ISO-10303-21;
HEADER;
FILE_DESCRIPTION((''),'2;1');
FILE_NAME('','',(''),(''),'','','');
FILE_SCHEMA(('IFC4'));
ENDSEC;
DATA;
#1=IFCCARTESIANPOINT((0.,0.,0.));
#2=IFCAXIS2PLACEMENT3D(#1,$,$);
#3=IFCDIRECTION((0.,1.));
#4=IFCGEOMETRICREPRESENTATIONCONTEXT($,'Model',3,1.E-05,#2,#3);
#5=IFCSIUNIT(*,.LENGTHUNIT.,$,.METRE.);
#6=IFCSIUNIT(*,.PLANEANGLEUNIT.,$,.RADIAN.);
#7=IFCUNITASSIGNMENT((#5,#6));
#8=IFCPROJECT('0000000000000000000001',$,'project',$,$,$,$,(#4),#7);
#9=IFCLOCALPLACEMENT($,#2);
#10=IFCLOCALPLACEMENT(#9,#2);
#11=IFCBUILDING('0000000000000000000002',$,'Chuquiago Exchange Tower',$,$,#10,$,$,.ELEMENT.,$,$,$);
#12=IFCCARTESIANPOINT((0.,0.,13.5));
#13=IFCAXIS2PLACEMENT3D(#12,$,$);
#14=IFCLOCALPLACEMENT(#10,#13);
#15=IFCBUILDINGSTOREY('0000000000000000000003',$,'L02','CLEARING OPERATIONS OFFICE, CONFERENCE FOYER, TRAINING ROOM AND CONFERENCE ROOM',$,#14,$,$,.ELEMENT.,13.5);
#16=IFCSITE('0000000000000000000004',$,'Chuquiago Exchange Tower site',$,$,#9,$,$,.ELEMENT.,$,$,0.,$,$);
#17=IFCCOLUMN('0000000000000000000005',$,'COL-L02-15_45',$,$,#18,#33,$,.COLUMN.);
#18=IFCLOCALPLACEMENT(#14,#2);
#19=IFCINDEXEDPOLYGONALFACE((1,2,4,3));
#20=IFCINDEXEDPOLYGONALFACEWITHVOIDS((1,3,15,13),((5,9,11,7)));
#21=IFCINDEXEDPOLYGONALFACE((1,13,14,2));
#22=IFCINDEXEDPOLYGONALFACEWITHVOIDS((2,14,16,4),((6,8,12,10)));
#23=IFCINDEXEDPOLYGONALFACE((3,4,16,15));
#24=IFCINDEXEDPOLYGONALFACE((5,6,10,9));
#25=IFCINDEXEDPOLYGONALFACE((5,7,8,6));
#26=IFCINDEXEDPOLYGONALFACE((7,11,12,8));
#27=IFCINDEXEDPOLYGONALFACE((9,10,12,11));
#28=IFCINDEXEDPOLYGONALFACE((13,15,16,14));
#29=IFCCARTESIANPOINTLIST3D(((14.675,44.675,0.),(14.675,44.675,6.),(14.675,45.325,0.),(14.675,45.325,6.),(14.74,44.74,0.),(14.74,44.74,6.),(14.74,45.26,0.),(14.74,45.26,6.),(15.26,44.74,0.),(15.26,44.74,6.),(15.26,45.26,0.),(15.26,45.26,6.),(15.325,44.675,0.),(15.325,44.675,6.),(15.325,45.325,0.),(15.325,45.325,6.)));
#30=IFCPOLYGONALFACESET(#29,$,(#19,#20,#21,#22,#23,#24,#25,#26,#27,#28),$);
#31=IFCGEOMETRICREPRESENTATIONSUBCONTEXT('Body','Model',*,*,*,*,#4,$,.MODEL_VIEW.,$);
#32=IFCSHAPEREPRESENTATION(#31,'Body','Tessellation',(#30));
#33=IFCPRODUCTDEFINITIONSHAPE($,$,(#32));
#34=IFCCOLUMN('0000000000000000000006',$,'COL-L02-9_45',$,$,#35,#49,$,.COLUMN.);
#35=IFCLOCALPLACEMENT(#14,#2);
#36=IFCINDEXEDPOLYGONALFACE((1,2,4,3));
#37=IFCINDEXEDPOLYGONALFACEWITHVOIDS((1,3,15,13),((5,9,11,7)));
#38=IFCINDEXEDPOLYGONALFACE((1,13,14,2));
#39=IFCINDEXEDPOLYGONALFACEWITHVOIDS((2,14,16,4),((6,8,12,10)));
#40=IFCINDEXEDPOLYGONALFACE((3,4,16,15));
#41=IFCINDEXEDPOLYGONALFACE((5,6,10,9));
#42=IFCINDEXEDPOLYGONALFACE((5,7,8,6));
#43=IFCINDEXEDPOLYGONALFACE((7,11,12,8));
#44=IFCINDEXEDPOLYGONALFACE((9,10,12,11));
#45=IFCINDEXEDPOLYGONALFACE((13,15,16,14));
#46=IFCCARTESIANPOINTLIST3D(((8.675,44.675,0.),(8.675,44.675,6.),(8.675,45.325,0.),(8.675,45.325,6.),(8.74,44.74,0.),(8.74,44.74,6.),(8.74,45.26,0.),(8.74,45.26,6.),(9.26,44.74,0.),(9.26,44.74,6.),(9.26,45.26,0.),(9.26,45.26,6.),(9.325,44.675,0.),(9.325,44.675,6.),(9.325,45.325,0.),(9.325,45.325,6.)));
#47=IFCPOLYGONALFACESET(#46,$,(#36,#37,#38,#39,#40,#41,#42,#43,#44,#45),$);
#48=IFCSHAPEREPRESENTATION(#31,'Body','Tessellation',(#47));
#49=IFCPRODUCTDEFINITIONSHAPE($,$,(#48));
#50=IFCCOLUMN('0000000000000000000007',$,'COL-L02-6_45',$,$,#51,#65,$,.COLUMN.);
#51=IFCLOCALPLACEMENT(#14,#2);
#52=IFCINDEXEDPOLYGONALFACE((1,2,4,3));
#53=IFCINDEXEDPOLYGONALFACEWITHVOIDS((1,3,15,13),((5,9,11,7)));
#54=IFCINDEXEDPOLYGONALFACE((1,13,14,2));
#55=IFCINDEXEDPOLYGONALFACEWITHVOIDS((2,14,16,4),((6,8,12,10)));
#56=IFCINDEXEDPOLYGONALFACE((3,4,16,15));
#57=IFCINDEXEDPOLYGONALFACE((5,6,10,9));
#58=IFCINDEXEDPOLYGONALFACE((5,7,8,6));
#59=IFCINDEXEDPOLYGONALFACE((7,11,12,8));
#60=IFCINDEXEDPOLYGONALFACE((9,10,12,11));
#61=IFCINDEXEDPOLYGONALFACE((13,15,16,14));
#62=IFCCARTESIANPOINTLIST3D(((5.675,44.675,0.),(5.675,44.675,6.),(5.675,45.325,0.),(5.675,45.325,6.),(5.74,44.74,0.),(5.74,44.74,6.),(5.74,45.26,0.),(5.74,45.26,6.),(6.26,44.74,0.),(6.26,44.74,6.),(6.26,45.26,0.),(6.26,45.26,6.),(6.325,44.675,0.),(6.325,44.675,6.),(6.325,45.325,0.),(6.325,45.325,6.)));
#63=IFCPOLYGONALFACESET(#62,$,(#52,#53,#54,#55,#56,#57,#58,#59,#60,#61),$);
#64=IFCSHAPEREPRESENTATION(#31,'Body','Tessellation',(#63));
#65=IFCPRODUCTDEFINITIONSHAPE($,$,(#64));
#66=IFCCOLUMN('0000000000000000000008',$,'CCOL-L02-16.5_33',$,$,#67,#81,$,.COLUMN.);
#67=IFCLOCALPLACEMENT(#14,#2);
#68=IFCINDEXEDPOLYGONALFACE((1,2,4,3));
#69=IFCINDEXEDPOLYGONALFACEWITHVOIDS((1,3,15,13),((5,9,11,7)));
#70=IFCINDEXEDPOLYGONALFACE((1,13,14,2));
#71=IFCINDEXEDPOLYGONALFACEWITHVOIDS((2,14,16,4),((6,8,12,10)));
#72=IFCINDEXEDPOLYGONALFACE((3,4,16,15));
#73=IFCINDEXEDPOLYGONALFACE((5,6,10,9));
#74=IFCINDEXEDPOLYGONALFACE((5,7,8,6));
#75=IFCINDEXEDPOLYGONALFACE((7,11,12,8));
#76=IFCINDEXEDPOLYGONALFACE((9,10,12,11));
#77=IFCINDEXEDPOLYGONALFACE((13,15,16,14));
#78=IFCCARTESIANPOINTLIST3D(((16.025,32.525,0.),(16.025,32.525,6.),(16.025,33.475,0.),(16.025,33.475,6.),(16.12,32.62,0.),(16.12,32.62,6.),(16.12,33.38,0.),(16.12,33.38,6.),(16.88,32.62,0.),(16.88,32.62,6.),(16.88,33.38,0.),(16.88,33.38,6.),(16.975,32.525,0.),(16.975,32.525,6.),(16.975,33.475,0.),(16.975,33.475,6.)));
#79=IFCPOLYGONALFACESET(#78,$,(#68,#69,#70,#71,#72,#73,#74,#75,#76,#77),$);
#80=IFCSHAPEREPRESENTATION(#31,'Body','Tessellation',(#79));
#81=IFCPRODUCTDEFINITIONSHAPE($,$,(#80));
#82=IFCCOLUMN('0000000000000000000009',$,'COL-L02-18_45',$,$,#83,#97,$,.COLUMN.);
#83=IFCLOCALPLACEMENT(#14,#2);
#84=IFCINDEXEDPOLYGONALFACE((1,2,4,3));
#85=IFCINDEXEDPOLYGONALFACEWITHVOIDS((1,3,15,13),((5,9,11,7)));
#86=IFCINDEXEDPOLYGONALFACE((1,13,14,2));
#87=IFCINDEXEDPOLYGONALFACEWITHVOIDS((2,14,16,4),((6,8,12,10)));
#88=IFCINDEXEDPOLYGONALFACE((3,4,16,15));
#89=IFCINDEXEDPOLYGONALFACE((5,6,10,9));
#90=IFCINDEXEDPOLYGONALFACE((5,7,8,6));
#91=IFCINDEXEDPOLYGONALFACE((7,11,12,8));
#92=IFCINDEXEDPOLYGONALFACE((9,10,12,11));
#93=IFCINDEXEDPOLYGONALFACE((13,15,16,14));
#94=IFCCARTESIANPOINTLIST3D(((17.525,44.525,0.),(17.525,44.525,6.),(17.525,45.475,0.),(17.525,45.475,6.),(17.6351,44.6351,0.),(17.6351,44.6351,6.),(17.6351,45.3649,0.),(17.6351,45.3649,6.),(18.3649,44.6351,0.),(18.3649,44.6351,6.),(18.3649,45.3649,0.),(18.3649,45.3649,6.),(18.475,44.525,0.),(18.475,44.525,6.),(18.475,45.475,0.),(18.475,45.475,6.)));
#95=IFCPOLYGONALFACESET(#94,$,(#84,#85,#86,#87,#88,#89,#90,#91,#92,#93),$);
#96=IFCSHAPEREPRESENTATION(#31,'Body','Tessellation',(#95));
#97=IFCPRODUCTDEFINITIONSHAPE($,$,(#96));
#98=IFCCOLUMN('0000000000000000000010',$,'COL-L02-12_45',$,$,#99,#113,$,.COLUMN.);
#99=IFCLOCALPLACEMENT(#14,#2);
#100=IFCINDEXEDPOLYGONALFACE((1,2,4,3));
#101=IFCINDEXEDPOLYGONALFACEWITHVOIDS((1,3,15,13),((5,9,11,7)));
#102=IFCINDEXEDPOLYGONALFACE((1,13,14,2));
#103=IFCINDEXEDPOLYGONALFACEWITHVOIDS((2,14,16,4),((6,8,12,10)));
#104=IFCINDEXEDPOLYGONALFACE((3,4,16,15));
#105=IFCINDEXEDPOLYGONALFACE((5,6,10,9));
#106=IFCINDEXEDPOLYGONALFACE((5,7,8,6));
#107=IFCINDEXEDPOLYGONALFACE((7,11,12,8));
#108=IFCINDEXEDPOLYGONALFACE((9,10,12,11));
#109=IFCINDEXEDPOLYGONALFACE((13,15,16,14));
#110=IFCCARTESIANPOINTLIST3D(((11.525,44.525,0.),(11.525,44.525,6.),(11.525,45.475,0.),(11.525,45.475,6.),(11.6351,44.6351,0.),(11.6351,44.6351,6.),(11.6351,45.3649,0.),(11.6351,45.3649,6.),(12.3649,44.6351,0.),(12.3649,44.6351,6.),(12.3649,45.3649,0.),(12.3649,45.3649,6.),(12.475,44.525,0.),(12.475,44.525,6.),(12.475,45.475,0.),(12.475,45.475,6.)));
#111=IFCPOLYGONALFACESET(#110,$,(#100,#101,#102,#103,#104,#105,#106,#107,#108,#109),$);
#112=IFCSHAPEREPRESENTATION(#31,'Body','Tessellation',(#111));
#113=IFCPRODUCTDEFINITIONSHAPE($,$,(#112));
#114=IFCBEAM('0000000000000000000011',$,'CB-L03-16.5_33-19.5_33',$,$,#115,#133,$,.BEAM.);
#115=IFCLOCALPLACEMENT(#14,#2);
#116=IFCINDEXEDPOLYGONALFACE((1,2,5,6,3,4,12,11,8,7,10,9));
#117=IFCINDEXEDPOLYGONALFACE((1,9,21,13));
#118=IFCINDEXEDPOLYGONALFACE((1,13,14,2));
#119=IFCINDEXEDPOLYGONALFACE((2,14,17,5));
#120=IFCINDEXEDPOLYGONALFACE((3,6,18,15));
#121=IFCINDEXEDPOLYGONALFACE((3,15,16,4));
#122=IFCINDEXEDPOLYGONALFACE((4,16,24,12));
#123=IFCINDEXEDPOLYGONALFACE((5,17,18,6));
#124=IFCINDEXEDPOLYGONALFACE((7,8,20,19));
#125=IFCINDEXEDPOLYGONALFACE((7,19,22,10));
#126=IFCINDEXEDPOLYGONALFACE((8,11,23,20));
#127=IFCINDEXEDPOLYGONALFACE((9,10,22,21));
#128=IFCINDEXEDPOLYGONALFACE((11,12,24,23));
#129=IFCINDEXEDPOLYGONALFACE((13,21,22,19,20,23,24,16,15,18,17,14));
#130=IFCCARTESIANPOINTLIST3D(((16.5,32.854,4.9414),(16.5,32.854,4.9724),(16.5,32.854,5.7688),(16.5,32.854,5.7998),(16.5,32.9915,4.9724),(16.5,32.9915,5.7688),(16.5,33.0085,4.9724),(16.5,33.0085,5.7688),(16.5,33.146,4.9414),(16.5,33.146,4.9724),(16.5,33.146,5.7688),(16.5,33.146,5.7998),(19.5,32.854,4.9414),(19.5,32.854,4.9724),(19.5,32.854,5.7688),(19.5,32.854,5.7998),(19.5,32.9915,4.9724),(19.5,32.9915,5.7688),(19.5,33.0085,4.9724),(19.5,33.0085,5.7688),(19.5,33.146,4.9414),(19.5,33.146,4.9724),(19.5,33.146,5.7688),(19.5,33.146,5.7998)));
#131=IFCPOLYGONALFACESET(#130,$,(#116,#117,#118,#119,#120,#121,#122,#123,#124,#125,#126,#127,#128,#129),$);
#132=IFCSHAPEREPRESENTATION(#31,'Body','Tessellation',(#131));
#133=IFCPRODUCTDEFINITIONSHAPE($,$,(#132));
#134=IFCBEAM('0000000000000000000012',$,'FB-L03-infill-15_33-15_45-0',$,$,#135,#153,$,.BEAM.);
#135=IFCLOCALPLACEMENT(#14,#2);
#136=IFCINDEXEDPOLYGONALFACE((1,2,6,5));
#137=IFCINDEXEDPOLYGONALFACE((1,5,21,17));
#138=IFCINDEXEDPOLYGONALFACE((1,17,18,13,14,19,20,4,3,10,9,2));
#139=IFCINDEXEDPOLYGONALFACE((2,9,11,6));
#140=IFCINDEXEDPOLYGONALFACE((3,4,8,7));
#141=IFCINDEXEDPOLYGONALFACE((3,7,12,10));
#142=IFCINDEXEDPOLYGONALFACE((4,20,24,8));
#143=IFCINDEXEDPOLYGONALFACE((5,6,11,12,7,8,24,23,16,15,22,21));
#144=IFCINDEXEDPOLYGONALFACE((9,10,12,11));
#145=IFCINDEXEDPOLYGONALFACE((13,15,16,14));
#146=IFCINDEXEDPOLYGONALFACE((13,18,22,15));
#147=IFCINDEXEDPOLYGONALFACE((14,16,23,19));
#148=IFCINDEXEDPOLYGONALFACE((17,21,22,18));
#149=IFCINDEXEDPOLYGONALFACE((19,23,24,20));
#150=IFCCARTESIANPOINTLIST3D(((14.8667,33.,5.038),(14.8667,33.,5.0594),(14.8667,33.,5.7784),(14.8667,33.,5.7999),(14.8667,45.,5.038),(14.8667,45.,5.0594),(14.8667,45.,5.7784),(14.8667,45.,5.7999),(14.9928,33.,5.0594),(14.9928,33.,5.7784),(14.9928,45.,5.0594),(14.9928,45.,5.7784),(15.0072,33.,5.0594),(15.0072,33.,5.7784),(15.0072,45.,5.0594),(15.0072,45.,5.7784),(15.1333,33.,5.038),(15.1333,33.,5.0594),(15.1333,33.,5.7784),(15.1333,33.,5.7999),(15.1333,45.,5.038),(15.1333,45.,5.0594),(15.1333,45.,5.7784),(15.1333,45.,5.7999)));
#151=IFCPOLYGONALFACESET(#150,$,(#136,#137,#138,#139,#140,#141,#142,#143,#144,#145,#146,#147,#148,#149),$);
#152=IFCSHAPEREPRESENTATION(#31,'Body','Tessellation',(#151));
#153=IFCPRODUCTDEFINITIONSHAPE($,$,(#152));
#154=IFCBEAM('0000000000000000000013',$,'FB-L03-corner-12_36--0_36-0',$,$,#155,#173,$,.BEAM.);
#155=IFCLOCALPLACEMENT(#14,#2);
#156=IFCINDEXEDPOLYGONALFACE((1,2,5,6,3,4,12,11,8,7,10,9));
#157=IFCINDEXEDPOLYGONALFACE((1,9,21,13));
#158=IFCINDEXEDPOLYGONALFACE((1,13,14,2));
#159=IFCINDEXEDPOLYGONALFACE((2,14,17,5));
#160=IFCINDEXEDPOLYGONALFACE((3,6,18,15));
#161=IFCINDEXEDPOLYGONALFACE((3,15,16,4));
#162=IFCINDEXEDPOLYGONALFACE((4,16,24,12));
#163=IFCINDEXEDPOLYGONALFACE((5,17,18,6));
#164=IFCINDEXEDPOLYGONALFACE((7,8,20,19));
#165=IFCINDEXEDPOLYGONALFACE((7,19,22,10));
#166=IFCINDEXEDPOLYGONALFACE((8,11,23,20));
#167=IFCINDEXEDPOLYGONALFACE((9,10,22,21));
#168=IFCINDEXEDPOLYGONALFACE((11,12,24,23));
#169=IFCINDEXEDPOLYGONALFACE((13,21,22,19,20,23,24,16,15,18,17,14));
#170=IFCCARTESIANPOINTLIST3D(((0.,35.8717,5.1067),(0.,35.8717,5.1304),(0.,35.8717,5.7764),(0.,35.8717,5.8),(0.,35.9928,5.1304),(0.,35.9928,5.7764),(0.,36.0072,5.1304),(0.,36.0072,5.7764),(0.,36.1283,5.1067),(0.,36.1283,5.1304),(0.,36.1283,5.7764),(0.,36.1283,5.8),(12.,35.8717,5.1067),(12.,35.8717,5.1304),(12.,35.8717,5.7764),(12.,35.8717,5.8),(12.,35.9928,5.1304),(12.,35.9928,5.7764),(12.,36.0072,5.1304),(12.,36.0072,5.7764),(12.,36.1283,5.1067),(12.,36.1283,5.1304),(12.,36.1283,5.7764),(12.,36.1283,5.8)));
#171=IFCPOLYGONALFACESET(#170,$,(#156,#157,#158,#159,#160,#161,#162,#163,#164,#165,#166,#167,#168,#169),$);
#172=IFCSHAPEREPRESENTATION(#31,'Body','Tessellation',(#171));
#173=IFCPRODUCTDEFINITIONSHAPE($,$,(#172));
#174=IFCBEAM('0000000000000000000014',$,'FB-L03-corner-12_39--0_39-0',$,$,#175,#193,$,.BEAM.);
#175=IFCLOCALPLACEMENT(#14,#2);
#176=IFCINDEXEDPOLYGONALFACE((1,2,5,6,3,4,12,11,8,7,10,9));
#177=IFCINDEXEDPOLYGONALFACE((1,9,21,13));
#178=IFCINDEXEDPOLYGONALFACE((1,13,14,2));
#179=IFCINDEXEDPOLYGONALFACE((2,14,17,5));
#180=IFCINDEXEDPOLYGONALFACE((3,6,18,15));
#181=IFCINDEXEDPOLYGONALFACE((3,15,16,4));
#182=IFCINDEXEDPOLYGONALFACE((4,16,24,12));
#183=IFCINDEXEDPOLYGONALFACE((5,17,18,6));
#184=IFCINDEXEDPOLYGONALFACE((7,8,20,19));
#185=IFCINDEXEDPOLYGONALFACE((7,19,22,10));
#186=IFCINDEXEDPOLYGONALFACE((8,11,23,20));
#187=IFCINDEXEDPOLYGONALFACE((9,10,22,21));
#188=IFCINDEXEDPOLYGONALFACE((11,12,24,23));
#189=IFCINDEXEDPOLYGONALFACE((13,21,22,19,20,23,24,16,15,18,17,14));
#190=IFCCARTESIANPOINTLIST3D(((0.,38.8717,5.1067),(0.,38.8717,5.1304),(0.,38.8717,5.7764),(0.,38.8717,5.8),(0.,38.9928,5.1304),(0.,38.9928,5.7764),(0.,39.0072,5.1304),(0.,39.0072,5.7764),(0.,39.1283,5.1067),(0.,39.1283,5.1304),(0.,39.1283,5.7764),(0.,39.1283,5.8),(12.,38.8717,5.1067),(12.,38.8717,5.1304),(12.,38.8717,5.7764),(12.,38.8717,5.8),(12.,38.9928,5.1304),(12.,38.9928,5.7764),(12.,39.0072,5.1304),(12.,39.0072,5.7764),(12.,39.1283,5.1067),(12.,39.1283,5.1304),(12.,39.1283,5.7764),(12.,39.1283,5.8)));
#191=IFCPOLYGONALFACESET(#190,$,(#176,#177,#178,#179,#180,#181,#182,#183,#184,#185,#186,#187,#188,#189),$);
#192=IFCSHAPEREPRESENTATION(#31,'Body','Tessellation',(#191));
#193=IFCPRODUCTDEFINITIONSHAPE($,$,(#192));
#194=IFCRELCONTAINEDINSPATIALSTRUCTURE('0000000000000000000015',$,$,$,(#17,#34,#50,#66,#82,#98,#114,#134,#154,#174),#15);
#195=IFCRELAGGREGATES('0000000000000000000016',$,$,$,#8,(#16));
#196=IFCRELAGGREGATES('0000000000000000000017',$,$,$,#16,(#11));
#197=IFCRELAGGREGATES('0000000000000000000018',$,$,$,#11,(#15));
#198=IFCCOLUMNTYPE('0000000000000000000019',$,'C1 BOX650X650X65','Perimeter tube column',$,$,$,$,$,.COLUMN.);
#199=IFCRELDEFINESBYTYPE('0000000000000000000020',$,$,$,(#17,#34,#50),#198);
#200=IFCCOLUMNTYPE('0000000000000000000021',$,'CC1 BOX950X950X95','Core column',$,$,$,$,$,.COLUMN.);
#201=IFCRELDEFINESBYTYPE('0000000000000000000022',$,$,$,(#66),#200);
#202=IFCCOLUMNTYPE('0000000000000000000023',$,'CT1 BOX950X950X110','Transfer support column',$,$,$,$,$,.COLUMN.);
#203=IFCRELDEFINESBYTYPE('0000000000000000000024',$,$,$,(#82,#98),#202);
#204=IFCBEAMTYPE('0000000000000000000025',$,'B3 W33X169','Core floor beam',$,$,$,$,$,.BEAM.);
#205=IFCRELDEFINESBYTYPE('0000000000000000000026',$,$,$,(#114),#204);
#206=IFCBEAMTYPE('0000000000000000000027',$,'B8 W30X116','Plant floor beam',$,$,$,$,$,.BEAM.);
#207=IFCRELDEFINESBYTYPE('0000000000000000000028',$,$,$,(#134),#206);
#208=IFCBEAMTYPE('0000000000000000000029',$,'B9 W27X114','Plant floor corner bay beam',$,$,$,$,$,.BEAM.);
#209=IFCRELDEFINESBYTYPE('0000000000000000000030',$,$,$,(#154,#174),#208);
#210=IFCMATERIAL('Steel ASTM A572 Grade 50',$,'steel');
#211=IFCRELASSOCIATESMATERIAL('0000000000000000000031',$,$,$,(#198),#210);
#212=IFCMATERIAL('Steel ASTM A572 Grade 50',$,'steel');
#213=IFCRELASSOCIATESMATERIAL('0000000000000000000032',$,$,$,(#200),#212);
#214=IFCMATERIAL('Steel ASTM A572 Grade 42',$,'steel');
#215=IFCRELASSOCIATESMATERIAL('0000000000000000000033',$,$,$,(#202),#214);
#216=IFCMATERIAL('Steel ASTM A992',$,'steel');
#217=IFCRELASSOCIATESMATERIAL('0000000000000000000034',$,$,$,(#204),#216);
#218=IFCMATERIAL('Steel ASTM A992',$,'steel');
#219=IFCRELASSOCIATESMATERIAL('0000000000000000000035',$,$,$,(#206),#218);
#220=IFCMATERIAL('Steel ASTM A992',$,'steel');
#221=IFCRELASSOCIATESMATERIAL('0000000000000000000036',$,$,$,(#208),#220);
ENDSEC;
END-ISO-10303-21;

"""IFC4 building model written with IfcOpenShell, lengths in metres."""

from ifc_helpers import new_model, si_unit, direction, frame, origin, origin_2d, place, context, subcontext, project, spatial, hollow_rectangle, i_section, extrude, material, material_profile, profile_set, type_object, element, save


model = new_model("IFC4")

# Units and contexts
model_context = context("Model", 3, precision=1e-05, world=origin(), true_north=direction((0.0, 1.0)))
body_context = subcontext(model_context, "Body", "Model", "MODEL_VIEW")
ifc_project = project(units=[si_unit("LENGTHUNIT", "METRE"), si_unit("PLANEANGLEUNIT", "RADIAN")], contexts=[model_context])

# Site, building, storey
site_placement = place(None, origin())
site = spatial("IfcSite", under=ifc_project, at=site_placement, Name="Chuquiago Exchange Tower site", CompositionType="ELEMENT", RefElevation=0.0)
building_placement = place(site_placement, origin())
building = spatial("IfcBuilding", under=site, at=building_placement, Name="Chuquiago Exchange Tower", CompositionType="ELEMENT")
storey_placement = place(building_placement, frame((0.0, 0.0, 13.5)))
storey = spatial("IfcBuildingStorey", under=building, at=storey_placement, Name="L02", Description="CLEARING OPERATIONS OFFICE, CONFERENCE FOYER, TRAINING ROOM AND CONFERENCE ROOM", CompositionType="ELEMENT", Elevation=13.5)

# Columns
ifc_material_1 = material(Name="Steel ASTM A572 Grade 50", Category="steel")
ifc_material_profile_1 = material_profile(ifc_material_1, hollow_rectangle(XDim=0.6499, YDim=0.6499, WallThickness=0.0649, at=origin_2d()), Name="BOX650X650X65")
ifc_profile_set_1 = profile_set([ifc_material_profile_1], Name="Steel ASTM A572 Grade 50")
column_type_1 = type_object("IfcColumnType", Name="C1 BOX650X650X65", Description="Perimeter tube column", PredefinedType="COLUMN", material=ifc_profile_set_1)
for number, where, z_axis, x_axis, name in (
    (1, (15.0, 45.0, 0.0), (0.0, 0.0, 1.0), (0.0, 1.0, 0.0), "COL-L02-15_45"),
    (2, (9.0, 45.0, 0.0), (0.0, 0.0, 1.0), (0.0, 1.0, 0.0), "COL-L02-9_45"),
    (3, (6.0, 45.0, 0.0), (0.0, 0.0, 1.0), (0.0, 1.0, 0.0), "COL-L02-6_45"),
):
    element("IfcColumn", number, at=place(storey_placement, frame(where, z_axis=z_axis, x_axis=x_axis)), inside=storey, type_object=column_type_1, Name=name, PredefinedType="COLUMN", context=body_context, shape_type="SweptSolid", body=[
        extrude(hollow_rectangle(XDim=0.6499, YDim=0.6499, WallThickness=0.0649, at=origin_2d()), origin(), (0.0, 0.0, 1.0), 6.0),
    ])
ifc_material_2 = material(Name="Steel ASTM A572 Grade 50", Category="steel")
ifc_material_profile_2 = material_profile(ifc_material_2, hollow_rectangle(XDim=0.95, YDim=0.95, WallThickness=0.095, at=origin_2d()), Name="BOX950X950X95")
ifc_profile_set_2 = profile_set([ifc_material_profile_2], Name="Steel ASTM A572 Grade 50")
column_type_2 = type_object("IfcColumnType", Name="CC1 BOX950X950X95", Description="Core column", PredefinedType="COLUMN", material=ifc_profile_set_2)
column_placement = place(storey_placement, frame((16.5, 33.0, 0.0), z_axis=(0.0, 0.0, 1.0), x_axis=(1.0, 0.0, 0.0)))
element("IfcColumn", 4, at=column_placement, inside=storey, type_object=column_type_2, Name="CCOL-L02-16.5_33", PredefinedType="COLUMN", context=body_context, shape_type="SweptSolid", body=[
    extrude(hollow_rectangle(XDim=0.95, YDim=0.95, WallThickness=0.095, at=origin_2d()), origin(), (0.0, 0.0, 1.0), 6.0),
])
ifc_material_3 = material(Name="Steel ASTM A572 Grade 42", Category="steel")
ifc_material_profile_3 = material_profile(ifc_material_3, hollow_rectangle(XDim=0.95, YDim=0.95, WallThickness=0.1101, at=origin_2d()), Name="BOX950X950X110")
ifc_profile_set_3 = profile_set([ifc_material_profile_3], Name="Steel ASTM A572 Grade 42")
column_type_3 = type_object("IfcColumnType", Name="CT1 BOX950X950X110", Description="Transfer support column", PredefinedType="COLUMN", material=ifc_profile_set_3)
for number, where, z_axis, x_axis, name in (
    (5, (18.0, 45.0, 0.0), (0.0, 0.0, 1.0), (0.0, 1.0, 0.0), "COL-L02-18_45"),
    (6, (12.0, 45.0, 0.0), (0.0, 0.0, 1.0), (0.0, 1.0, 0.0), "COL-L02-12_45"),
):
    element("IfcColumn", number, at=place(storey_placement, frame(where, z_axis=z_axis, x_axis=x_axis)), inside=storey, type_object=column_type_3, Name=name, PredefinedType="COLUMN", context=body_context, shape_type="SweptSolid", body=[
        extrude(hollow_rectangle(XDim=0.95, YDim=0.95, WallThickness=0.1101, at=origin_2d()), origin(), (0.0, 0.0, 1.0), 6.0),
    ])

# Beams
ifc_material_4 = material(Name="Steel ASTM A992", Category="steel")
ifc_material_profile_4 = material_profile(ifc_material_4, i_section(OverallWidth=0.292, OverallDepth=0.8584, WebThickness=0.0171, FlangeThickness=0.031, at=origin_2d()), Name="W33X169")
ifc_profile_set_4 = profile_set([ifc_material_profile_4], Name="Steel ASTM A992")
beam_type_1 = type_object("IfcBeamType", Name="B3 W33X169", Description="Core floor beam", PredefinedType="BEAM", material=ifc_profile_set_4)
beam_1_placement = place(storey_placement, frame((16.5, 33.0, 5.3706), z_axis=(1.0, 0.0, 0.0), x_axis=(0.0, 1.0, 0.0)))
element("IfcBeam", 7, at=beam_1_placement, inside=storey, type_object=beam_type_1, Name="CB-L03-16.5_33-19.5_33", PredefinedType="BEAM", context=body_context, shape_type="SweptSolid", body=[
    extrude(i_section(OverallWidth=0.292, OverallDepth=0.8584, WebThickness=0.0171, FlangeThickness=0.031, at=origin_2d()), origin(), (0.0, 0.0, 1.0), 3.0),
])
ifc_material_5 = material(Name="Steel ASTM A992", Category="steel")
ifc_material_profile_5 = material_profile(ifc_material_5, i_section(OverallWidth=0.2666, OverallDepth=0.762, WebThickness=0.0144, FlangeThickness=0.0215, at=origin_2d()), Name="W30X116")
ifc_profile_set_5 = profile_set([ifc_material_profile_5], Name="Steel ASTM A992")
beam_type_2 = type_object("IfcBeamType", Name="B8 W30X116", Description="Plant floor beam", PredefinedType="BEAM", material=ifc_profile_set_5)
beam_2_placement = place(storey_placement, frame((15.0, 33.0, 5.4189), z_axis=(0.0, 1.0, 0.0), x_axis=(-1.0, 0.0, 0.0)))
element("IfcBeam", 8, at=beam_2_placement, inside=storey, type_object=beam_type_2, Name="FB-L03-infill-15_33-15_45-0", PredefinedType="BEAM", context=body_context, shape_type="SweptSolid", body=[
    extrude(i_section(OverallWidth=0.2666, OverallDepth=0.762, WebThickness=0.0144, FlangeThickness=0.0215, at=origin_2d()), origin(), (0.0, 0.0, 1.0), 12.0),
])
ifc_material_6 = material(Name="Steel ASTM A992", Category="steel")
ifc_material_profile_6 = material_profile(ifc_material_6, i_section(OverallWidth=0.2566, OverallDepth=0.6934, WebThickness=0.0144, FlangeThickness=0.0237, at=origin_2d()), Name="W27X114")
ifc_profile_set_6 = profile_set([ifc_material_profile_6], Name="Steel ASTM A992")
beam_type_3 = type_object("IfcBeamType", Name="B9 W27X114", Description="Plant floor corner bay beam", PredefinedType="BEAM", material=ifc_profile_set_6)
for number, where, z_axis, x_axis, name in (
    (9, (12.0, 36.0, 5.4534), (-1.0, 0.0, 0.0), (0.0, -1.0, 0.0), "FB-L03-corner-12_36--0_36-0"),
    (10, (12.0, 39.0, 5.4534), (-1.0, 0.0, 0.0), (0.0, -1.0, 0.0), "FB-L03-corner-12_39--0_39-0"),
):
    element("IfcBeam", number, at=place(storey_placement, frame(where, z_axis=z_axis, x_axis=x_axis)), inside=storey, type_object=beam_type_3, Name=name, PredefinedType="BEAM", context=body_context, shape_type="SweptSolid", body=[
        extrude(i_section(OverallWidth=0.2566, OverallDepth=0.6934, WebThickness=0.0144, FlangeThickness=0.0237, at=origin_2d()), origin(), (0.0, 0.0, 1.0), 12.0),
    ])

save(model, "model.ifc")
